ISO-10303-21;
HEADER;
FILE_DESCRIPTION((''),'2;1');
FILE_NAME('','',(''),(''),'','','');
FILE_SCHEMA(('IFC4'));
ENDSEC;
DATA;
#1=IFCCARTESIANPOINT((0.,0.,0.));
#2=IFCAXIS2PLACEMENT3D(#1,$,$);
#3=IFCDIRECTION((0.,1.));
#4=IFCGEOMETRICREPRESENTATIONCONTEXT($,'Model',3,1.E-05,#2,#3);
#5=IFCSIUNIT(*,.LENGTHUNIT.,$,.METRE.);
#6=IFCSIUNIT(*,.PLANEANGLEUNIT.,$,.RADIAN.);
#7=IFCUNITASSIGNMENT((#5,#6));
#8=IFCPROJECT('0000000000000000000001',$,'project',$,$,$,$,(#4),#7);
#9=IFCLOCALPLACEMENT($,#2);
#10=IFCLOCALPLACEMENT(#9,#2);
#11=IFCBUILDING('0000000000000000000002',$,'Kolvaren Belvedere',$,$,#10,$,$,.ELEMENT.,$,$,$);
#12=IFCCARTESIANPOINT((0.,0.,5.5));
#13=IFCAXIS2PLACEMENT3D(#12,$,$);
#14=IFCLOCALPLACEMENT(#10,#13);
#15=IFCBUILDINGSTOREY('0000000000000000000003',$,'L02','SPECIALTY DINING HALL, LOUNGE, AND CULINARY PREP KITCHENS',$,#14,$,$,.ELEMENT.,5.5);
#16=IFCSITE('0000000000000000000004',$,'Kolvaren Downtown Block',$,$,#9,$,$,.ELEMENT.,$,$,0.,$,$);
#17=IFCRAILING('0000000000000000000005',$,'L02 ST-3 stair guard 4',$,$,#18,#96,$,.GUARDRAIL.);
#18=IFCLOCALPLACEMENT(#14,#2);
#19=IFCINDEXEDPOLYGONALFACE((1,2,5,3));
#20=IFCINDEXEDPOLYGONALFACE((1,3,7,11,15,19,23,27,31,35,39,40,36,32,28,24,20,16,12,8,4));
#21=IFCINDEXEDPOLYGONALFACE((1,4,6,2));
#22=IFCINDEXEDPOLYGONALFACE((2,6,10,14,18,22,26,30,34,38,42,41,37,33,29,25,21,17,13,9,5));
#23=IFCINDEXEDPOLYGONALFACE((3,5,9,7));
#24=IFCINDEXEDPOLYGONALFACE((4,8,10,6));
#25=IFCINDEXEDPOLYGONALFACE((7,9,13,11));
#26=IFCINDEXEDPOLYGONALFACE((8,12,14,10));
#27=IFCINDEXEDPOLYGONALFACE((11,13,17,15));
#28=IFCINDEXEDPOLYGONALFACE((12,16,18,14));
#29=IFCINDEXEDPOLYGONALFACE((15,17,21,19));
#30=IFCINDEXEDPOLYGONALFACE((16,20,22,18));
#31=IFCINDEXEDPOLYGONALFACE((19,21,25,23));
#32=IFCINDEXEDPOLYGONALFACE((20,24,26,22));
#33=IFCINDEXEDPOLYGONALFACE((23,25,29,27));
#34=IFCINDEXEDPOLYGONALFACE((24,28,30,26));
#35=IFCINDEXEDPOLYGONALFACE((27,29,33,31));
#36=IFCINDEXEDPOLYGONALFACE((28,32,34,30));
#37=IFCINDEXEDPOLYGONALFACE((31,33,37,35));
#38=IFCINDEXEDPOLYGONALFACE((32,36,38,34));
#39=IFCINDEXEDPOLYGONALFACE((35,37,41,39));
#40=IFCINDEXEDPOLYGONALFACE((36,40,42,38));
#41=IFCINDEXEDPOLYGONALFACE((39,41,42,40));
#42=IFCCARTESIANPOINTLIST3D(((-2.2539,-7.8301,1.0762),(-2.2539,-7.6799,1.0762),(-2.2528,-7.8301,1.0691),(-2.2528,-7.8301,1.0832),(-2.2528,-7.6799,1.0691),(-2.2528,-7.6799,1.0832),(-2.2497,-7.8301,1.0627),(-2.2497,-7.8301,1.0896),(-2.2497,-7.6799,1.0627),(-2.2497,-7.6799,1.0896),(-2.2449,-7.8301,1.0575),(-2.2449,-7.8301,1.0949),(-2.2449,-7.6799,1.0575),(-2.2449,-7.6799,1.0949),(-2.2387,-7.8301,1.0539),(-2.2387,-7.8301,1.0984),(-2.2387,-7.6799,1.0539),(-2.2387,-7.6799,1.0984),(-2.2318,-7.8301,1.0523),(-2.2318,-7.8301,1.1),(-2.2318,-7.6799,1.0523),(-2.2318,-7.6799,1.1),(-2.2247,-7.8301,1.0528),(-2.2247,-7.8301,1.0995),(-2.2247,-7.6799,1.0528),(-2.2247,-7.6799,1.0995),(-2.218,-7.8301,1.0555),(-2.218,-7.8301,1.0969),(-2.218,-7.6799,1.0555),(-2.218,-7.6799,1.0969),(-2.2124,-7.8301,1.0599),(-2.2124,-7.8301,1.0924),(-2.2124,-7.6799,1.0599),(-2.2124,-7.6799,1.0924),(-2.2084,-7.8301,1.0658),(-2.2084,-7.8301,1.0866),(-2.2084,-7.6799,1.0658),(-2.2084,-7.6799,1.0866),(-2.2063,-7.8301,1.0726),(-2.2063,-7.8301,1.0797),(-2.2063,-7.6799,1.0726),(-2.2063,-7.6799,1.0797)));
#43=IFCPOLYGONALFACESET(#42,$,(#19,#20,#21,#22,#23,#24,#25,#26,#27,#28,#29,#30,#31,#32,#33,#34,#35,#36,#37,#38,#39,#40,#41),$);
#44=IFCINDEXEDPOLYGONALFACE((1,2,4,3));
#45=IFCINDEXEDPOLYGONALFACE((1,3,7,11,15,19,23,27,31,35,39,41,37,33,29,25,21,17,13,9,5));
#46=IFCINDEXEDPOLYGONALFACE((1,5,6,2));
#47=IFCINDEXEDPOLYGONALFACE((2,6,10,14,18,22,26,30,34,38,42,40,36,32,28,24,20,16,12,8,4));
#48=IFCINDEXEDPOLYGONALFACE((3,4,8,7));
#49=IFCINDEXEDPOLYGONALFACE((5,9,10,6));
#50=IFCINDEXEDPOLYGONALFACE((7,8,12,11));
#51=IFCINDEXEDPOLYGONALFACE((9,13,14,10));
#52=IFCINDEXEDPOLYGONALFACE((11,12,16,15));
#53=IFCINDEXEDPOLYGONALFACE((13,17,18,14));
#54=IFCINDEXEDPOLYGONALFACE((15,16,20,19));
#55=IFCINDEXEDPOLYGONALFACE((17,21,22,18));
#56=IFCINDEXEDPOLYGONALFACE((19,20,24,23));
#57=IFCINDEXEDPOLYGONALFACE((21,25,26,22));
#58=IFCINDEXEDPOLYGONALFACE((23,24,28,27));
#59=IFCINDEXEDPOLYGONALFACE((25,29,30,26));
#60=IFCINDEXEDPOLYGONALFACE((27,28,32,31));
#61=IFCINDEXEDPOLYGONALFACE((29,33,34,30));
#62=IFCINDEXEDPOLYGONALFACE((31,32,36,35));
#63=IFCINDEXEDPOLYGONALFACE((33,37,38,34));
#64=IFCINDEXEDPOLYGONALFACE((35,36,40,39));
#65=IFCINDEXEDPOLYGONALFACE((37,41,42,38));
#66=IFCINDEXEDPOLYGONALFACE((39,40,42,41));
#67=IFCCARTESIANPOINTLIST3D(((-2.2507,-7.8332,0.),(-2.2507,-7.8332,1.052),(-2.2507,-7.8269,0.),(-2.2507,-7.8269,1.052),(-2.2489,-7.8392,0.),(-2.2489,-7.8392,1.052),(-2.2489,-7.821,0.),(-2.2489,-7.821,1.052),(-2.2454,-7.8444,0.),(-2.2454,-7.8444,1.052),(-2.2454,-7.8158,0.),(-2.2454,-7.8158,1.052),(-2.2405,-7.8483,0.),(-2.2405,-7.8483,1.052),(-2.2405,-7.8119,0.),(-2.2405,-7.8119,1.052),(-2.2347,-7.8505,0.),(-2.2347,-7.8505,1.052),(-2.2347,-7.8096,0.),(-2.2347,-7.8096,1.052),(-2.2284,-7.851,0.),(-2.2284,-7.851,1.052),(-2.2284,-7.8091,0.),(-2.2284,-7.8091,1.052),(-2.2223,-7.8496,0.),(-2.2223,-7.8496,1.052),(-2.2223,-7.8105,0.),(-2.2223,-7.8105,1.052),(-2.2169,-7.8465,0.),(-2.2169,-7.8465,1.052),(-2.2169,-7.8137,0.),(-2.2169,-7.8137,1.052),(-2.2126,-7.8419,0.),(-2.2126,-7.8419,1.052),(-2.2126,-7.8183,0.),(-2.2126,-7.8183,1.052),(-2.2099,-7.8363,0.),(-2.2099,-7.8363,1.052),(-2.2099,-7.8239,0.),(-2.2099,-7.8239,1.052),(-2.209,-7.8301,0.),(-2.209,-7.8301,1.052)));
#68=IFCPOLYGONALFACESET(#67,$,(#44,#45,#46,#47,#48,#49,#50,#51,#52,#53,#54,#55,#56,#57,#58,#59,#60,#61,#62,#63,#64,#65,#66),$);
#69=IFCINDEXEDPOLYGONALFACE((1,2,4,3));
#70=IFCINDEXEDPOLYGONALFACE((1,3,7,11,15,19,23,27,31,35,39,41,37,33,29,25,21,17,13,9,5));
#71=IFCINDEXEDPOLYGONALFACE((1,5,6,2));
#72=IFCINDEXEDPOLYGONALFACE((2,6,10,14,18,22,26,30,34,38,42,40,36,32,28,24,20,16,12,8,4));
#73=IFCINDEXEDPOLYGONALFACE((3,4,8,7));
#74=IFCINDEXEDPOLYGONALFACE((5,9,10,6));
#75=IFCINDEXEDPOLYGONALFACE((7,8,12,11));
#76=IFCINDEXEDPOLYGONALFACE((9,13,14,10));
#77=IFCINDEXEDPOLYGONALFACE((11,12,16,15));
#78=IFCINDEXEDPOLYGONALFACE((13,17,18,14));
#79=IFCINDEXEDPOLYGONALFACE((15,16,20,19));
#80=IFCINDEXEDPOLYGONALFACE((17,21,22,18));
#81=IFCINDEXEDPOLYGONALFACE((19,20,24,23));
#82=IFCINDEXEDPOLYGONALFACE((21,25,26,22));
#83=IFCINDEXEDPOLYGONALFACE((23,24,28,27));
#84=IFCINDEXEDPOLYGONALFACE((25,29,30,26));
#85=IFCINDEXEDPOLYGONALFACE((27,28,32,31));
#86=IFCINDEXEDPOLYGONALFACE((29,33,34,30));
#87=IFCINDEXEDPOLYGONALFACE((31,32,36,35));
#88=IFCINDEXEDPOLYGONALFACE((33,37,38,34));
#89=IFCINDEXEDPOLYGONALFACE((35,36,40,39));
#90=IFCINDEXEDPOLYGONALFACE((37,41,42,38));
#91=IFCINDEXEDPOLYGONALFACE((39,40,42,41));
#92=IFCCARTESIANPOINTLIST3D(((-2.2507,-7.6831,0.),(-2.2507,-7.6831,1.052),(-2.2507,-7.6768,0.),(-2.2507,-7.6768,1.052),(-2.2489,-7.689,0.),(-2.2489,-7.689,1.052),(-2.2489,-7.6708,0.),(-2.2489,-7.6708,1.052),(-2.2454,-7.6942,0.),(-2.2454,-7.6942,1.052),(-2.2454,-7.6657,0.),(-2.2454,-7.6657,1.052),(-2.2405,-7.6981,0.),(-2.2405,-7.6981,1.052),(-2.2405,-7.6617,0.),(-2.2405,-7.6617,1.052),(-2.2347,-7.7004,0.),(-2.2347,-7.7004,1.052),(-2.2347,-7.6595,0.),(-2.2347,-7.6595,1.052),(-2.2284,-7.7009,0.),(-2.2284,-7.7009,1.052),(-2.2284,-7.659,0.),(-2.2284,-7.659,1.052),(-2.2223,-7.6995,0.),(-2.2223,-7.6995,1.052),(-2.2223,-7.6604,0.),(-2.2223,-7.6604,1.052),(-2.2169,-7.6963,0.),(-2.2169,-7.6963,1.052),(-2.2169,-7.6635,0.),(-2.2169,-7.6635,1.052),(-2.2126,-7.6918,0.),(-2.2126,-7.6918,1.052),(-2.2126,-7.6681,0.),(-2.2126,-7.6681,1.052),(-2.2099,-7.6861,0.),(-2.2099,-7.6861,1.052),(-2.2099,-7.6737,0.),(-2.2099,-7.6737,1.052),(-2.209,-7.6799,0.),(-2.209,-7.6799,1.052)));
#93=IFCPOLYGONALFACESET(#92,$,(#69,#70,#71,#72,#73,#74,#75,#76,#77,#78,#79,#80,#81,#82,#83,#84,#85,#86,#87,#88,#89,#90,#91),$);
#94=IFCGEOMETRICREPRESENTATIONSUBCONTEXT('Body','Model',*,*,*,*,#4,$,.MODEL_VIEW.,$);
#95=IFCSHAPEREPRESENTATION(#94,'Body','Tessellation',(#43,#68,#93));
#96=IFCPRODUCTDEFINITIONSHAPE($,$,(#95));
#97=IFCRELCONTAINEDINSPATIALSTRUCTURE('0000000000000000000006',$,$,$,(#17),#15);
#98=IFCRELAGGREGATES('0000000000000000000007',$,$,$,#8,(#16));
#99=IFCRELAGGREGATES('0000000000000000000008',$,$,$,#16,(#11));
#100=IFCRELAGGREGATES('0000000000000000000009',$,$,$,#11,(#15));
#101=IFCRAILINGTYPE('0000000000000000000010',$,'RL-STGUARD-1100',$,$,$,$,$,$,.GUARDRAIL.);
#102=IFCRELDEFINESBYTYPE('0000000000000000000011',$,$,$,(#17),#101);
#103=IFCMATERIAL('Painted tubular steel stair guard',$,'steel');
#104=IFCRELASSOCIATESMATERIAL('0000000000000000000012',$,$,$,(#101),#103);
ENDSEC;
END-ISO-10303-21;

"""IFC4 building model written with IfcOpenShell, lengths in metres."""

from ifc_helpers import new_model, si_unit, direction, frame, origin, origin_2d, place, context, subcontext, project, spatial, circle, extrude, material, type_object, element, save


model = new_model("IFC4")

# Units and contexts
model_context = context("Model", 3, precision=1e-05, world=origin(), true_north=direction((0.0, 1.0)))
body_context = subcontext(model_context, "Body", "Model", "MODEL_VIEW")
ifc_project = project(units=[si_unit("LENGTHUNIT", "METRE"), si_unit("PLANEANGLEUNIT", "RADIAN")], contexts=[model_context])

# Site, building, storey
site_placement = place(None, origin())
site = spatial("IfcSite", under=ifc_project, at=site_placement, Name="Kolvaren Downtown Block", CompositionType="ELEMENT", RefElevation=0.0)
building_placement = place(site_placement, origin())
building = spatial("IfcBuilding", under=site, at=building_placement, Name="Kolvaren Belvedere", CompositionType="ELEMENT")
storey_placement = place(building_placement, frame((0.0, 0.0, 5.5)))
storey = spatial("IfcBuildingStorey", under=building, at=storey_placement, Name="L02", Description="SPECIALTY DINING HALL, LOUNGE, AND CULINARY PREP KITCHENS", CompositionType="ELEMENT", Elevation=5.5)

# Railing
ifc_material_1 = material(Name="Painted tubular steel stair guard", Category="steel")
railing_type_1 = type_object("IfcRailingType", Name="RL-STGUARD-1100", PredefinedType="GUARDRAIL", material=ifc_material_1)
railing_1_placement = place(storey_placement, frame((-2.23, -7.8301, 0.0)))
element("IfcRailing", 1, at=railing_1_placement, inside=storey, type_object=railing_type_1, Name="L02 ST-3 stair guard 4", PredefinedType="GUARDRAIL", context=body_context, shape_type="SweptSolid", body=[
    extrude(circle(Radius=0.0239, at=origin_2d()), frame((0.0, 0.0, 1.0762), z_axis=(0.0, 1.0, 0.0), x_axis=(-1.0, 0.0, 0.0)), (0.0, 0.0, 1.0), 0.1501),
    extrude(circle(Radius=0.021, at=origin_2d()), origin(), (0.0, 0.0, 1.0), 1.052),
    extrude(circle(Radius=0.021, at=origin_2d()), frame((0.0, 0.1501, 0.0)), (0.0, 0.0, 1.0), 1.052),
])

save(model, "model.ifc")
